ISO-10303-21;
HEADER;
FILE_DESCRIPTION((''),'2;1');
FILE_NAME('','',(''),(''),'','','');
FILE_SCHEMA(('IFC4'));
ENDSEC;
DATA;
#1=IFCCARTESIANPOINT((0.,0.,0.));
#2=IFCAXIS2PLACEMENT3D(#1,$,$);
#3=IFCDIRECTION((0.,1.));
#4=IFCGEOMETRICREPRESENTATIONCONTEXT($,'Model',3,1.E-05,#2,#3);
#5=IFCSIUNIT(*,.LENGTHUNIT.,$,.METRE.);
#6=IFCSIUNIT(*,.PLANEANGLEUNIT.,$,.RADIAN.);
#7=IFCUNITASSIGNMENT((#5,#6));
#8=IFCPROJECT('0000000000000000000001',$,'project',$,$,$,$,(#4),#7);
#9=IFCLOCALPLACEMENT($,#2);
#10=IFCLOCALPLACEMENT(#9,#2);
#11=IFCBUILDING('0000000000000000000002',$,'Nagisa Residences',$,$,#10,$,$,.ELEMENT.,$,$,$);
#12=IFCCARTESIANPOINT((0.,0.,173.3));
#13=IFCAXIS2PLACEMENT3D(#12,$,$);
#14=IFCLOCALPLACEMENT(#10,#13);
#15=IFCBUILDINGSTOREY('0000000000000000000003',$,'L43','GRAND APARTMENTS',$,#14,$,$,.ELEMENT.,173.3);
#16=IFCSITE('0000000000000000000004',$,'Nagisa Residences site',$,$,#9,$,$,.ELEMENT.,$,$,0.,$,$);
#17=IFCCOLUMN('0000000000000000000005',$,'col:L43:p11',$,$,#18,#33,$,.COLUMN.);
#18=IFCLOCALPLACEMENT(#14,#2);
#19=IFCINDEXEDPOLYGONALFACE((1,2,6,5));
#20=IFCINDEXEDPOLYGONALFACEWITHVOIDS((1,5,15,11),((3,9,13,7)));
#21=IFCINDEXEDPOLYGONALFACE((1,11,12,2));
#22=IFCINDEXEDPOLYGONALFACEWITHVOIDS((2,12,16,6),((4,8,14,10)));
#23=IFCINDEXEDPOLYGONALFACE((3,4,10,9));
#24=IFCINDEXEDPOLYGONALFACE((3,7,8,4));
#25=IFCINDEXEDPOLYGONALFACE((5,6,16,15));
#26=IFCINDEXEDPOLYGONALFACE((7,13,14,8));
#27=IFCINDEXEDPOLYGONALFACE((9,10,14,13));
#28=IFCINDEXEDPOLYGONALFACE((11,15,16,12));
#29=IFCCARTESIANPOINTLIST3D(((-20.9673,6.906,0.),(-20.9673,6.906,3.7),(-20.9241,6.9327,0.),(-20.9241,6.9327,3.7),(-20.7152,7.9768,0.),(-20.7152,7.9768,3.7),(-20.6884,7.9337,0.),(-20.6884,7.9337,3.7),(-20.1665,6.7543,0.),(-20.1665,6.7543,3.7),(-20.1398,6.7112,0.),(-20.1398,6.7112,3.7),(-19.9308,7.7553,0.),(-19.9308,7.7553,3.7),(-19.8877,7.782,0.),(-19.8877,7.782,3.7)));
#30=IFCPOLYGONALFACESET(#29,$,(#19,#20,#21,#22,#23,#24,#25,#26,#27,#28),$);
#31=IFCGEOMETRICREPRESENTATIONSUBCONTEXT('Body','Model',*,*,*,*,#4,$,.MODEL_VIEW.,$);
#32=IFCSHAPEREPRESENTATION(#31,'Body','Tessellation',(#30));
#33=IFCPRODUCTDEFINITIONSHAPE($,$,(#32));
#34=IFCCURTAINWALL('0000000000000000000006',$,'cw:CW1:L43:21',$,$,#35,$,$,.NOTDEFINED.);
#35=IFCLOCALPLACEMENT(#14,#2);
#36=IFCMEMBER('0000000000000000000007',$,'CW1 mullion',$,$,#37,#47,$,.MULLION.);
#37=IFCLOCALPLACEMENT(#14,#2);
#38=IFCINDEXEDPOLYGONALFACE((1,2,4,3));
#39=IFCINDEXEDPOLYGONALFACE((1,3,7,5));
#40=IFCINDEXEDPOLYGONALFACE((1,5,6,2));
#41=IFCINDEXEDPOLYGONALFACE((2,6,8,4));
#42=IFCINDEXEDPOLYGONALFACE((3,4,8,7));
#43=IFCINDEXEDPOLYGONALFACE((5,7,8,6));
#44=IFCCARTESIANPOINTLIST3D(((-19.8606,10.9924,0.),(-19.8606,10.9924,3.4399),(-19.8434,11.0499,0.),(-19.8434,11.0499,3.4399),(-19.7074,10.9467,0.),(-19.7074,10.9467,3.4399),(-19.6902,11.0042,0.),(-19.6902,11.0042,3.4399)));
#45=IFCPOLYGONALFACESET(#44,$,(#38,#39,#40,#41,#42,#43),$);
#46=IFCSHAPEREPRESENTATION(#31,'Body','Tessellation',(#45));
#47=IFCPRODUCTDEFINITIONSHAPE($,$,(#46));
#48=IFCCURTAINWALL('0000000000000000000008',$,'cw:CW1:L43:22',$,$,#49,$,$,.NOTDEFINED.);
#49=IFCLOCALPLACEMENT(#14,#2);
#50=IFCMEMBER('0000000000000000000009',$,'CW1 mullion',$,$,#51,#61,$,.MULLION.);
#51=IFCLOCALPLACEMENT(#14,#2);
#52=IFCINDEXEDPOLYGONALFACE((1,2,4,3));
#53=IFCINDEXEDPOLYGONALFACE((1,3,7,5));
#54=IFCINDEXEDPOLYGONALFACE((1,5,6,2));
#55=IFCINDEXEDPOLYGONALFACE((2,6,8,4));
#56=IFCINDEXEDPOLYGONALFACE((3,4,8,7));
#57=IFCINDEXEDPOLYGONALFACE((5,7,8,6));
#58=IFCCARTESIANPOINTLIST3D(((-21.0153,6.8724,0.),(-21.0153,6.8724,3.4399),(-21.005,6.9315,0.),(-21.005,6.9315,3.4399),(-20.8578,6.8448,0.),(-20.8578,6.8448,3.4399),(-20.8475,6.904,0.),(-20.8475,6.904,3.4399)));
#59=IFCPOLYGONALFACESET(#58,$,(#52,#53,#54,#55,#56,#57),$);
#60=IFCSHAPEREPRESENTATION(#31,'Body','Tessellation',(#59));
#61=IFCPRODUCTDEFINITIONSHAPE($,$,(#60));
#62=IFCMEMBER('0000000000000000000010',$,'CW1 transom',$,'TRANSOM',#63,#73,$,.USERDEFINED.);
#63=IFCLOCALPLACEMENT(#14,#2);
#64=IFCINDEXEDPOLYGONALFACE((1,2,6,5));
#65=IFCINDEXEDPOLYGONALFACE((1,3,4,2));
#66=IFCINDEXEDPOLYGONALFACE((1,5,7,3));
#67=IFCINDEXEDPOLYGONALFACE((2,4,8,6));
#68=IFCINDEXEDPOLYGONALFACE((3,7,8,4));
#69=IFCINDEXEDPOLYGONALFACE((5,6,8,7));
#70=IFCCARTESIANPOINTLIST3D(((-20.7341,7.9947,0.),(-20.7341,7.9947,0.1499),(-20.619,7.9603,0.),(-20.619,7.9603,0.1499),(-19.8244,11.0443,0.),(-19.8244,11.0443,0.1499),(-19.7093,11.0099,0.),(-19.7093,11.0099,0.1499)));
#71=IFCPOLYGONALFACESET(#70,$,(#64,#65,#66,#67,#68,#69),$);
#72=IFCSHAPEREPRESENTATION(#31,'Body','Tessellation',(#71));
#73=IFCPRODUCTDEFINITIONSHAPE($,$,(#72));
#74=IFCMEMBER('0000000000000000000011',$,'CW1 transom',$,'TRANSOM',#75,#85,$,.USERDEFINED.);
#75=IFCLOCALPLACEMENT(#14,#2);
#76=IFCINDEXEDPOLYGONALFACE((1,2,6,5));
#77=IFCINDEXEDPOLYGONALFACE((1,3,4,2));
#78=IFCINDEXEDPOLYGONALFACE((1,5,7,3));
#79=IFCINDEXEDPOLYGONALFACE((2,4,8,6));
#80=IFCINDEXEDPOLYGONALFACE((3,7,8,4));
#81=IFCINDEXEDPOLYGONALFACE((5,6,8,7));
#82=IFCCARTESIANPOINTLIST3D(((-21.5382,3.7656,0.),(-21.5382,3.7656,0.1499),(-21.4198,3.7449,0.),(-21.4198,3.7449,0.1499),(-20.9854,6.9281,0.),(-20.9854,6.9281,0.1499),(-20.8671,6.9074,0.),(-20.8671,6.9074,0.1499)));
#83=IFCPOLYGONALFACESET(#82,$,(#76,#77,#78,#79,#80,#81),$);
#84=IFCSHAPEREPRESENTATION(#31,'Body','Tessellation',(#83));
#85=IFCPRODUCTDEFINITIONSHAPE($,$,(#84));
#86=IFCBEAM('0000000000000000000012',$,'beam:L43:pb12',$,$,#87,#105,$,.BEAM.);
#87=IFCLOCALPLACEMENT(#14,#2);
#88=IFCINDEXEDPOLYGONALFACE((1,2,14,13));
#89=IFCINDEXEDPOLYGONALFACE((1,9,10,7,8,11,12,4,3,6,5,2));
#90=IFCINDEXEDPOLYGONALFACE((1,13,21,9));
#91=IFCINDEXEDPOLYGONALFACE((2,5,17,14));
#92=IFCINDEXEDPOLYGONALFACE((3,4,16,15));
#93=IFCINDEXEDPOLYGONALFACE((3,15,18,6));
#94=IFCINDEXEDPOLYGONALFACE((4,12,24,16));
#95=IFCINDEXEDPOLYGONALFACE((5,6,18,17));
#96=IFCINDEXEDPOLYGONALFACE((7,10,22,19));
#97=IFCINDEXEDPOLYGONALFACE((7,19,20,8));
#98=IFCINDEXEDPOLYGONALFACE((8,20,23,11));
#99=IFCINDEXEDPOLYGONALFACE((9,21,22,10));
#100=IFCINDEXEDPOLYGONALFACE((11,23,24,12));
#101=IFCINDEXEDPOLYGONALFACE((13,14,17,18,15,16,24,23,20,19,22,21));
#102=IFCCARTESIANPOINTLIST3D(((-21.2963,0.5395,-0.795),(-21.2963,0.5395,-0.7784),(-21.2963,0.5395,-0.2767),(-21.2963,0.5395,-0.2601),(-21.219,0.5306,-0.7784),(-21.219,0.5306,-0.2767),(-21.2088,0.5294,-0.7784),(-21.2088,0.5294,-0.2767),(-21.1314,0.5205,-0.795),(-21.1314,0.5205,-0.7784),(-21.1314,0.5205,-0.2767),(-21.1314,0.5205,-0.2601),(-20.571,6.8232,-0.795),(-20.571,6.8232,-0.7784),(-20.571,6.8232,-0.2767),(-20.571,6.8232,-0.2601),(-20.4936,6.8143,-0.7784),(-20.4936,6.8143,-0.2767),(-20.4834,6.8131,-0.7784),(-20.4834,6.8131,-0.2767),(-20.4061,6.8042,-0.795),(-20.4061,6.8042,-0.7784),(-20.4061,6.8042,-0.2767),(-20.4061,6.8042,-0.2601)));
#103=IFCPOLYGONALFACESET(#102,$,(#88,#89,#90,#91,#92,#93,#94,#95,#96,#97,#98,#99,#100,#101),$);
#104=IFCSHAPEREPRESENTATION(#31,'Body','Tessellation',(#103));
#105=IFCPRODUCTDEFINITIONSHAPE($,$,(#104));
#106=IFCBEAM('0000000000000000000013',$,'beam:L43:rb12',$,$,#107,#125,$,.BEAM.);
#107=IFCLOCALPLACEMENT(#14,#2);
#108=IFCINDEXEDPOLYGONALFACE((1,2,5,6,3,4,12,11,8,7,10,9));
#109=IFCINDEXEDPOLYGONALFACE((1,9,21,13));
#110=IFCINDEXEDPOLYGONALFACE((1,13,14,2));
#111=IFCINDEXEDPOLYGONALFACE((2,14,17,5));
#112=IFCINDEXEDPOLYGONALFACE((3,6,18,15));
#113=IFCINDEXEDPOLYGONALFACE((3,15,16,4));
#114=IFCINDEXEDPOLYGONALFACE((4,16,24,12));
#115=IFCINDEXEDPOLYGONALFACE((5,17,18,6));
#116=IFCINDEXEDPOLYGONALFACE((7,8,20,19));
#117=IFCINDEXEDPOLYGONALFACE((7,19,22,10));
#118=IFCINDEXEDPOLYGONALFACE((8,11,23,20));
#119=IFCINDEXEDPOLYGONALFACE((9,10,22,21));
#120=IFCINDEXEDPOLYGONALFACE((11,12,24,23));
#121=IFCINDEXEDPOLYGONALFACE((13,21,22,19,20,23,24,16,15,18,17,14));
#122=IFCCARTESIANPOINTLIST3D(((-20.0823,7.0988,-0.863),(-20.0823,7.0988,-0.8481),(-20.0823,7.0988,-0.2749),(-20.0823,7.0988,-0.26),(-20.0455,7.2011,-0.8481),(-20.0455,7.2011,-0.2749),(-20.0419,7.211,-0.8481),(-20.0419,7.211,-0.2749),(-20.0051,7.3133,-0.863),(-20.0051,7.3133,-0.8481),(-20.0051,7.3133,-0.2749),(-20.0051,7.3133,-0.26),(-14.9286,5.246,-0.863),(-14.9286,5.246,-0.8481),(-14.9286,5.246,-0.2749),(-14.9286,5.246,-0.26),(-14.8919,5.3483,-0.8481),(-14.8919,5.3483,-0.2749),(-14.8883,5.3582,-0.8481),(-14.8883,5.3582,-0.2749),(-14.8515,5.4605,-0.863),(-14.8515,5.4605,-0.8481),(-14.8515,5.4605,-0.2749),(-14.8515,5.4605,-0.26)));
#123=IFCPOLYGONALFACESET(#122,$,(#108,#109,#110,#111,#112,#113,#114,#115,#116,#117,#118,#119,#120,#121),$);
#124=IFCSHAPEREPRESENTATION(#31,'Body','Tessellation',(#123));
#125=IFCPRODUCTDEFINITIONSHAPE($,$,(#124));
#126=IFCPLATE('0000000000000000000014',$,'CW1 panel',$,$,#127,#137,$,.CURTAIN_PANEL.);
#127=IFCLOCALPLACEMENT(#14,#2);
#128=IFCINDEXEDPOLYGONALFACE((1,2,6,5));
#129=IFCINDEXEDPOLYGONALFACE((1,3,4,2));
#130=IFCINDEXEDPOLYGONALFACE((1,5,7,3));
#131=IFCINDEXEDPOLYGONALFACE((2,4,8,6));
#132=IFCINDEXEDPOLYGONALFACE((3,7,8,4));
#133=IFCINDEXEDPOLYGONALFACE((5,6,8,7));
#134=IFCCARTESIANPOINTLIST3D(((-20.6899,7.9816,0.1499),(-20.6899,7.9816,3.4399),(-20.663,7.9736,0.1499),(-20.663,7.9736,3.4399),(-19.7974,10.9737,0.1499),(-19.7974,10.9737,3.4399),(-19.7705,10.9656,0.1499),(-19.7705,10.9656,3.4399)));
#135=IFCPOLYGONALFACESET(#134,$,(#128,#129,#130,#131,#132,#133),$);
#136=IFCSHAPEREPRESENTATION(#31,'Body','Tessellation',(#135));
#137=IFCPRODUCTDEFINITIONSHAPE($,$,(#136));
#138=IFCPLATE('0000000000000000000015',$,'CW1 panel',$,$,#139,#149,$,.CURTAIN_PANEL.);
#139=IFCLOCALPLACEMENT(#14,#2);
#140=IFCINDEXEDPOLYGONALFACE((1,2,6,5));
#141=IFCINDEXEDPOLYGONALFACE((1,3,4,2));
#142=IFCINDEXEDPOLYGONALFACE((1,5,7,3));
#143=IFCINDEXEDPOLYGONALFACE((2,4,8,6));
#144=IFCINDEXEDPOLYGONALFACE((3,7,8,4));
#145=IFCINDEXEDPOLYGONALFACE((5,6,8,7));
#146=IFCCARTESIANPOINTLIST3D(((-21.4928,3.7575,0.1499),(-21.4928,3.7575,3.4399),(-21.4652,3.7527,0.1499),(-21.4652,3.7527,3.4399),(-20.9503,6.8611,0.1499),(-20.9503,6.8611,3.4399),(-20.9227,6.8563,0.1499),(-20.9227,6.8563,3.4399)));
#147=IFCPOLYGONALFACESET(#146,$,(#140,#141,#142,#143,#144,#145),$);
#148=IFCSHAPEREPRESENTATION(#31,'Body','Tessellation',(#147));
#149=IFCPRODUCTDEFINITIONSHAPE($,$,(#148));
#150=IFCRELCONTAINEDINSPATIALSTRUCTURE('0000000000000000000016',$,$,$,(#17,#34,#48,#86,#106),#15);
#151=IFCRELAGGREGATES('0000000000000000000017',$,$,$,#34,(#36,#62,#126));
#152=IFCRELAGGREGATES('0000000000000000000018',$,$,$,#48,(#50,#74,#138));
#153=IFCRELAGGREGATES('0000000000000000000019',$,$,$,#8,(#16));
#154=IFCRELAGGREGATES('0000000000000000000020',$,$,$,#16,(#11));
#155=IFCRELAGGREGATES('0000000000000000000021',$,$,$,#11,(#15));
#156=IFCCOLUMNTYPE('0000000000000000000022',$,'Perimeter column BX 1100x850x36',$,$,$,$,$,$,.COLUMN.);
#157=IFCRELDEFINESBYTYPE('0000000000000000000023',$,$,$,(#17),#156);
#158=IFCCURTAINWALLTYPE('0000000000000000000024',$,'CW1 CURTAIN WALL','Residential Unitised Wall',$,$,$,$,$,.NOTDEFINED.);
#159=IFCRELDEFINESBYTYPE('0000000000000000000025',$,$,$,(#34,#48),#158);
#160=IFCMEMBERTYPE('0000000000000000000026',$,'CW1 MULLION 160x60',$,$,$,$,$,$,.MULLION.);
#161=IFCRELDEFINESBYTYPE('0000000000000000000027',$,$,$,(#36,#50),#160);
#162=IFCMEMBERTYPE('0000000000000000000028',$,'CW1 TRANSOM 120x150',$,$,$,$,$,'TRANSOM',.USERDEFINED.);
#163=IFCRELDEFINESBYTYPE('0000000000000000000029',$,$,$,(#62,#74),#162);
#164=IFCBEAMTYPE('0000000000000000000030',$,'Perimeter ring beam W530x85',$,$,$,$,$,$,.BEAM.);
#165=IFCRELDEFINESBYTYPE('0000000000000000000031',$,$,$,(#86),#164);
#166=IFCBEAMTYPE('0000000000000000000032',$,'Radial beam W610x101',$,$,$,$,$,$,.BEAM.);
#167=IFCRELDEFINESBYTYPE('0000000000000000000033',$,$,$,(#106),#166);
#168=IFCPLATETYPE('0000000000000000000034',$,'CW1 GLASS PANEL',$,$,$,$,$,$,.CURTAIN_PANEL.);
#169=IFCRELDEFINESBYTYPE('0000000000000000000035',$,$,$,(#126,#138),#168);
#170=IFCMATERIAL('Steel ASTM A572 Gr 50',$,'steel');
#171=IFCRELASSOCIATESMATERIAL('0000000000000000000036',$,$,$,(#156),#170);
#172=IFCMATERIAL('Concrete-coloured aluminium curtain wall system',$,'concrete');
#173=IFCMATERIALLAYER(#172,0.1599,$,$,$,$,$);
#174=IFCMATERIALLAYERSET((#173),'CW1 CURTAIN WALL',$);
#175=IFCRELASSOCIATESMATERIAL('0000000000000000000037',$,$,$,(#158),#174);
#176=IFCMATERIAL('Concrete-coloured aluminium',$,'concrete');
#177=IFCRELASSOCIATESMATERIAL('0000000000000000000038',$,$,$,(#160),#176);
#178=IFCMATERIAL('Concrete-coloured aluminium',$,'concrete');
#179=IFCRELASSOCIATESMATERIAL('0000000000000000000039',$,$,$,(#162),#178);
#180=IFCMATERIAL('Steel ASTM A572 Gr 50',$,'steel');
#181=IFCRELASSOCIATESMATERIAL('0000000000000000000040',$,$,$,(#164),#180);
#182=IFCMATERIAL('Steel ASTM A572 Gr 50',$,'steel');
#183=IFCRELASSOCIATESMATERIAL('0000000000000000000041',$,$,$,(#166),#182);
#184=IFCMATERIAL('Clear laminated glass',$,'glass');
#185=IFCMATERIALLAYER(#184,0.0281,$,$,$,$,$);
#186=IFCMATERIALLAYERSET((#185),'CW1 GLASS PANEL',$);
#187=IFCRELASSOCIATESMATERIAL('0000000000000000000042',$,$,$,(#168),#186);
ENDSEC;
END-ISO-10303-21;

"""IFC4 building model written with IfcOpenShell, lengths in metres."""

from ifc_helpers import new_model, si_unit, direction, frame, origin, origin_2d, place, context, subcontext, project, spatial, rectangle, hollow_rectangle, i_section, extrude, material, layer, layer_set, material_profile, profile_set, type_object, element, aggregate, save


model = new_model("IFC4")

# Units and contexts
model_context = context("Model", 3, precision=1e-05, world=origin(), true_north=direction((0.0, 1.0)))
body_context = subcontext(model_context, "Body", "Model", "MODEL_VIEW")
ifc_project = project(units=[si_unit("LENGTHUNIT", "METRE"), si_unit("PLANEANGLEUNIT", "RADIAN")], contexts=[model_context])

# Site, building, storey
site_placement = place(None, origin())
site = spatial("IfcSite", under=ifc_project, at=site_placement, Name="Nagisa Residences site", CompositionType="ELEMENT", RefElevation=0.0)
building_placement = place(site_placement, origin())
building = spatial("IfcBuilding", under=site, at=building_placement, Name="Nagisa Residences", CompositionType="ELEMENT")
storey_placement = place(building_placement, frame((0.0, 0.0, 173.3)))
storey = spatial("IfcBuildingStorey", under=building, at=storey_placement, Name="L43", Description="GRAND APARTMENTS", CompositionType="ELEMENT", Elevation=173.3)

# Column
ifc_material_1 = material(Name="Steel ASTM A572 Gr 50", Category="steel")
ifc_material_profile_1 = material_profile(ifc_material_1, hollow_rectangle(XDim=1.1001, YDim=0.8501, WallThickness=0.0359, at=origin_2d()), Name="BX 1100x850x36")
ifc_profile_set_1 = profile_set([ifc_material_profile_1], Name="Steel ASTM A572 Gr 50")
column_type = type_object("IfcColumnType", Name="Perimeter column BX 1100x850x36", PredefinedType="COLUMN", material=ifc_profile_set_1)
column_placement = place(storey_placement, frame((-20.4275, 7.344, 0.0), z_axis=(0.0, 0.0, 1.0), x_axis=(-0.229202, -0.973379, 0.0)))
element("IfcColumn", 1, at=column_placement, inside=storey, type_object=column_type, Name="col:L43:p11", PredefinedType="COLUMN", context=body_context, shape_type="SweptSolid", body=[
    extrude(hollow_rectangle(XDim=1.1001, YDim=0.8501, WallThickness=0.0359, at=origin_2d()), origin(), (0.0, 0.0, 1.0), 3.7),
])

# Curtain walls, members
ifc_material_2 = material(Name="Concrete-coloured aluminium curtain wall system", Category="concrete")
ifc_layer_1 = layer(ifc_material_2, 0.1599)
ifc_layer_set_1 = layer_set([ifc_layer_1], Name="CW1 CURTAIN WALL")
curtain_wall_type = type_object("IfcCurtainWallType", Name="CW1 CURTAIN WALL", Description="Residential Unitised Wall", PredefinedType="NOTDEFINED", material=ifc_layer_set_1)
curtain_wall_1_placement = place(storey_placement, origin())
curtain_wall_1 = element("IfcCurtainWall", 2, at=curtain_wall_1_placement, inside=storey, type_object=curtain_wall_type, Name="cw:CW1:L43:21", PredefinedType="NOTDEFINED")
ifc_material_3 = material(Name="Concrete-coloured aluminium", Category="concrete")
ifc_material_profile_2 = material_profile(ifc_material_3, rectangle(XDim=0.1599, YDim=0.0601, at=origin_2d()), Name="CW1 MULLION 160x60")
ifc_profile_set_2 = profile_set([ifc_material_profile_2], Name="Concrete-coloured aluminium")
member_type_1 = type_object("IfcMemberType", Name="CW1 MULLION 160x60", PredefinedType="MULLION", material=ifc_profile_set_2)
member_1_placement = place(storey_placement, frame((-19.7754, 10.9983, 0.0), z_axis=(0.0, 0.0, 1.0), x_axis=(0.958271, -0.28586, 0.0)))
member_1 = element("IfcMember", 3, at=member_1_placement, type_object=member_type_1, Name="CW1 mullion", PredefinedType="MULLION", context=body_context, shape_type="SweptSolid", body=[
    extrude(rectangle(XDim=0.1599, YDim=0.0601, at=origin_2d()), origin(), (0.0, 0.0, 1.0), 3.4399),
])
curtain_wall_2_placement = place(storey_placement, origin())
curtain_wall_2 = element("IfcCurtainWall", 4, at=curtain_wall_2_placement, inside=storey, type_object=curtain_wall_type, Name="cw:CW1:L43:22", PredefinedType="NOTDEFINED")
member_2_placement = place(storey_placement, frame((-20.9314, 6.8882, 0.0), z_axis=(0.0, 0.0, 1.0), x_axis=(0.985064, -0.172191, 0.0)))
member_2 = element("IfcMember", 5, at=member_2_placement, type_object=member_type_1, Name="CW1 mullion", PredefinedType="MULLION", context=body_context, shape_type="SweptSolid", body=[
    extrude(rectangle(XDim=0.1599, YDim=0.0601, at=origin_2d()), origin(), (0.0, 0.0, 1.0), 3.4399),
])

# Members
ifc_material_4 = material(Name="Concrete-coloured aluminium", Category="concrete")
ifc_material_profile_3 = material_profile(ifc_material_4, rectangle(XDim=0.1201, YDim=0.1499, at=origin_2d()), Name="CW1 TRANSOM 120x150")
ifc_profile_set_3 = profile_set([ifc_material_profile_3], Name="Concrete-coloured aluminium")
member_type_2 = type_object("IfcMemberType", Name="CW1 TRANSOM 120x150", ElementType="TRANSOM", PredefinedType="USERDEFINED", material=ifc_profile_set_3)
member_3_placement = place(storey_placement, frame((-19.7668, 11.0271, 0.075), z_axis=(-0.285848, -0.958275, 0.0), x_axis=(0.958275, -0.285848, 0.0)))
member_3 = element("IfcMember", 6, at=member_3_placement, type_object=member_type_2, Name="CW1 transom", ObjectType="TRANSOM", PredefinedType="USERDEFINED", context=body_context, shape_type="SweptSolid", body=[
    extrude(rectangle(XDim=0.1201, YDim=0.1499, at=origin_2d()), origin(), (0.0, 0.0, 1.0), 3.1824),
])
member_4_placement = place(storey_placement, frame((-20.9263, 6.9177, 0.075), z_axis=(-0.172163, -0.985069, 0.0), x_axis=(0.985069, -0.172163, 0.0)))
member_4 = element("IfcMember", 7, at=member_4_placement, type_object=member_type_2, Name="CW1 transom", ObjectType="TRANSOM", PredefinedType="USERDEFINED", context=body_context, shape_type="SweptSolid", body=[
    extrude(rectangle(XDim=0.1201, YDim=0.1499, at=origin_2d()), origin(), (0.0, 0.0, 1.0), 3.2104),
])

# Beams
ifc_material_5 = material(Name="Steel ASTM A572 Gr 50", Category="steel")
ifc_material_profile_4 = material_profile(ifc_material_5, i_section(OverallWidth=0.166, OverallDepth=0.5349, WebThickness=0.0103, FlangeThickness=0.0166, at=origin_2d()), Name="W530x85")
ifc_profile_set_4 = profile_set([ifc_material_profile_4], Name="Steel ASTM A572 Gr 50")
beam_type_1 = type_object("IfcBeamType", Name="Perimeter ring beam W530x85", PredefinedType="BEAM", material=ifc_profile_set_4)
beam_1_placement = place(storey_placement, frame((-20.4885, 6.8137, -0.5276), z_axis=(-0.114671, -0.993404, 0.0), x_axis=(0.993404, -0.114671, 0.0)))
element("IfcBeam", 8, at=beam_1_placement, inside=storey, type_object=beam_type_1, Name="beam:L43:pb12", PredefinedType="BEAM", context=body_context, shape_type="SweptSolid", body=[
    extrude(i_section(OverallWidth=0.166, OverallDepth=0.5349, WebThickness=0.0103, FlangeThickness=0.0166, at=origin_2d()), origin(), (0.0, 0.0, 1.0), 6.3254),
])
ifc_material_6 = material(Name="Steel ASTM A572 Gr 50", Category="steel")
ifc_material_profile_5 = material_profile(ifc_material_6, i_section(OverallWidth=0.228, OverallDepth=0.603, WebThickness=0.0105, FlangeThickness=0.0149, at=origin_2d()), Name="W610x101")
ifc_profile_set_5 = profile_set([ifc_material_profile_5], Name="Steel ASTM A572 Gr 50")
beam_type_2 = type_object("IfcBeamType", Name="Radial beam W610x101", PredefinedType="BEAM", material=ifc_profile_set_5)
beam_2_placement = place(storey_placement, frame((-20.0437, 7.2061, -0.5615), z_axis=(0.941033, -0.338315, 0.0), x_axis=(0.338315, 0.941033, 0.0)))
element("IfcBeam", 9, at=beam_2_placement, inside=storey, type_object=beam_type_2, Name="beam:L43:rb12", PredefinedType="BEAM", context=body_context, shape_type="SweptSolid", body=[
    extrude(i_section(OverallWidth=0.228, OverallDepth=0.603, WebThickness=0.0105, FlangeThickness=0.0149, at=origin_2d()), origin(), (0.0, 0.0, 1.0), 5.4766),
])

# Plates
ifc_material_7 = material(Name="Clear laminated glass", Category="glass")
ifc_layer_2 = layer(ifc_material_7, 0.0281)
ifc_layer_set_2 = layer_set([ifc_layer_2], Name="CW1 GLASS PANEL")
plate_type = type_object("IfcPlateType", Name="CW1 GLASS PANEL", PredefinedType="CURTAIN_PANEL", material=ifc_layer_set_2)
plate_1_placement = place(storey_placement, frame((-20.2302, 9.4736, 0.1499), z_axis=(0.0, 0.0, 1.0), x_axis=(-0.28586, -0.958271, 0.0)))
plate_1 = element("IfcPlate", 10, at=plate_1_placement, type_object=plate_type, Name="CW1 panel", PredefinedType="CURTAIN_PANEL", context=body_context, shape_type="SweptSolid", body=[
    extrude(rectangle(XDim=3.1223, YDim=0.0281, at=origin_2d()), origin(), (0.0, 0.0, 1.0), 3.29),
])
aggregate(curtain_wall_1, [member_1, member_3, plate_1])
plate_2_placement = place(storey_placement, frame((-21.2078, 5.3069, 0.1499), z_axis=(0.0, 0.0, 1.0), x_axis=(-0.172191, -0.985064, 0.0)))
plate_2 = element("IfcPlate", 11, at=plate_2_placement, type_object=plate_type, Name="CW1 panel", PredefinedType="CURTAIN_PANEL", context=body_context, shape_type="SweptSolid", body=[
    extrude(rectangle(XDim=3.1506, YDim=0.0281, at=origin_2d()), origin(), (0.0, 0.0, 1.0), 3.29),
])
aggregate(curtain_wall_2, [member_2, member_4, plate_2])

save(model, "model.ifc")
